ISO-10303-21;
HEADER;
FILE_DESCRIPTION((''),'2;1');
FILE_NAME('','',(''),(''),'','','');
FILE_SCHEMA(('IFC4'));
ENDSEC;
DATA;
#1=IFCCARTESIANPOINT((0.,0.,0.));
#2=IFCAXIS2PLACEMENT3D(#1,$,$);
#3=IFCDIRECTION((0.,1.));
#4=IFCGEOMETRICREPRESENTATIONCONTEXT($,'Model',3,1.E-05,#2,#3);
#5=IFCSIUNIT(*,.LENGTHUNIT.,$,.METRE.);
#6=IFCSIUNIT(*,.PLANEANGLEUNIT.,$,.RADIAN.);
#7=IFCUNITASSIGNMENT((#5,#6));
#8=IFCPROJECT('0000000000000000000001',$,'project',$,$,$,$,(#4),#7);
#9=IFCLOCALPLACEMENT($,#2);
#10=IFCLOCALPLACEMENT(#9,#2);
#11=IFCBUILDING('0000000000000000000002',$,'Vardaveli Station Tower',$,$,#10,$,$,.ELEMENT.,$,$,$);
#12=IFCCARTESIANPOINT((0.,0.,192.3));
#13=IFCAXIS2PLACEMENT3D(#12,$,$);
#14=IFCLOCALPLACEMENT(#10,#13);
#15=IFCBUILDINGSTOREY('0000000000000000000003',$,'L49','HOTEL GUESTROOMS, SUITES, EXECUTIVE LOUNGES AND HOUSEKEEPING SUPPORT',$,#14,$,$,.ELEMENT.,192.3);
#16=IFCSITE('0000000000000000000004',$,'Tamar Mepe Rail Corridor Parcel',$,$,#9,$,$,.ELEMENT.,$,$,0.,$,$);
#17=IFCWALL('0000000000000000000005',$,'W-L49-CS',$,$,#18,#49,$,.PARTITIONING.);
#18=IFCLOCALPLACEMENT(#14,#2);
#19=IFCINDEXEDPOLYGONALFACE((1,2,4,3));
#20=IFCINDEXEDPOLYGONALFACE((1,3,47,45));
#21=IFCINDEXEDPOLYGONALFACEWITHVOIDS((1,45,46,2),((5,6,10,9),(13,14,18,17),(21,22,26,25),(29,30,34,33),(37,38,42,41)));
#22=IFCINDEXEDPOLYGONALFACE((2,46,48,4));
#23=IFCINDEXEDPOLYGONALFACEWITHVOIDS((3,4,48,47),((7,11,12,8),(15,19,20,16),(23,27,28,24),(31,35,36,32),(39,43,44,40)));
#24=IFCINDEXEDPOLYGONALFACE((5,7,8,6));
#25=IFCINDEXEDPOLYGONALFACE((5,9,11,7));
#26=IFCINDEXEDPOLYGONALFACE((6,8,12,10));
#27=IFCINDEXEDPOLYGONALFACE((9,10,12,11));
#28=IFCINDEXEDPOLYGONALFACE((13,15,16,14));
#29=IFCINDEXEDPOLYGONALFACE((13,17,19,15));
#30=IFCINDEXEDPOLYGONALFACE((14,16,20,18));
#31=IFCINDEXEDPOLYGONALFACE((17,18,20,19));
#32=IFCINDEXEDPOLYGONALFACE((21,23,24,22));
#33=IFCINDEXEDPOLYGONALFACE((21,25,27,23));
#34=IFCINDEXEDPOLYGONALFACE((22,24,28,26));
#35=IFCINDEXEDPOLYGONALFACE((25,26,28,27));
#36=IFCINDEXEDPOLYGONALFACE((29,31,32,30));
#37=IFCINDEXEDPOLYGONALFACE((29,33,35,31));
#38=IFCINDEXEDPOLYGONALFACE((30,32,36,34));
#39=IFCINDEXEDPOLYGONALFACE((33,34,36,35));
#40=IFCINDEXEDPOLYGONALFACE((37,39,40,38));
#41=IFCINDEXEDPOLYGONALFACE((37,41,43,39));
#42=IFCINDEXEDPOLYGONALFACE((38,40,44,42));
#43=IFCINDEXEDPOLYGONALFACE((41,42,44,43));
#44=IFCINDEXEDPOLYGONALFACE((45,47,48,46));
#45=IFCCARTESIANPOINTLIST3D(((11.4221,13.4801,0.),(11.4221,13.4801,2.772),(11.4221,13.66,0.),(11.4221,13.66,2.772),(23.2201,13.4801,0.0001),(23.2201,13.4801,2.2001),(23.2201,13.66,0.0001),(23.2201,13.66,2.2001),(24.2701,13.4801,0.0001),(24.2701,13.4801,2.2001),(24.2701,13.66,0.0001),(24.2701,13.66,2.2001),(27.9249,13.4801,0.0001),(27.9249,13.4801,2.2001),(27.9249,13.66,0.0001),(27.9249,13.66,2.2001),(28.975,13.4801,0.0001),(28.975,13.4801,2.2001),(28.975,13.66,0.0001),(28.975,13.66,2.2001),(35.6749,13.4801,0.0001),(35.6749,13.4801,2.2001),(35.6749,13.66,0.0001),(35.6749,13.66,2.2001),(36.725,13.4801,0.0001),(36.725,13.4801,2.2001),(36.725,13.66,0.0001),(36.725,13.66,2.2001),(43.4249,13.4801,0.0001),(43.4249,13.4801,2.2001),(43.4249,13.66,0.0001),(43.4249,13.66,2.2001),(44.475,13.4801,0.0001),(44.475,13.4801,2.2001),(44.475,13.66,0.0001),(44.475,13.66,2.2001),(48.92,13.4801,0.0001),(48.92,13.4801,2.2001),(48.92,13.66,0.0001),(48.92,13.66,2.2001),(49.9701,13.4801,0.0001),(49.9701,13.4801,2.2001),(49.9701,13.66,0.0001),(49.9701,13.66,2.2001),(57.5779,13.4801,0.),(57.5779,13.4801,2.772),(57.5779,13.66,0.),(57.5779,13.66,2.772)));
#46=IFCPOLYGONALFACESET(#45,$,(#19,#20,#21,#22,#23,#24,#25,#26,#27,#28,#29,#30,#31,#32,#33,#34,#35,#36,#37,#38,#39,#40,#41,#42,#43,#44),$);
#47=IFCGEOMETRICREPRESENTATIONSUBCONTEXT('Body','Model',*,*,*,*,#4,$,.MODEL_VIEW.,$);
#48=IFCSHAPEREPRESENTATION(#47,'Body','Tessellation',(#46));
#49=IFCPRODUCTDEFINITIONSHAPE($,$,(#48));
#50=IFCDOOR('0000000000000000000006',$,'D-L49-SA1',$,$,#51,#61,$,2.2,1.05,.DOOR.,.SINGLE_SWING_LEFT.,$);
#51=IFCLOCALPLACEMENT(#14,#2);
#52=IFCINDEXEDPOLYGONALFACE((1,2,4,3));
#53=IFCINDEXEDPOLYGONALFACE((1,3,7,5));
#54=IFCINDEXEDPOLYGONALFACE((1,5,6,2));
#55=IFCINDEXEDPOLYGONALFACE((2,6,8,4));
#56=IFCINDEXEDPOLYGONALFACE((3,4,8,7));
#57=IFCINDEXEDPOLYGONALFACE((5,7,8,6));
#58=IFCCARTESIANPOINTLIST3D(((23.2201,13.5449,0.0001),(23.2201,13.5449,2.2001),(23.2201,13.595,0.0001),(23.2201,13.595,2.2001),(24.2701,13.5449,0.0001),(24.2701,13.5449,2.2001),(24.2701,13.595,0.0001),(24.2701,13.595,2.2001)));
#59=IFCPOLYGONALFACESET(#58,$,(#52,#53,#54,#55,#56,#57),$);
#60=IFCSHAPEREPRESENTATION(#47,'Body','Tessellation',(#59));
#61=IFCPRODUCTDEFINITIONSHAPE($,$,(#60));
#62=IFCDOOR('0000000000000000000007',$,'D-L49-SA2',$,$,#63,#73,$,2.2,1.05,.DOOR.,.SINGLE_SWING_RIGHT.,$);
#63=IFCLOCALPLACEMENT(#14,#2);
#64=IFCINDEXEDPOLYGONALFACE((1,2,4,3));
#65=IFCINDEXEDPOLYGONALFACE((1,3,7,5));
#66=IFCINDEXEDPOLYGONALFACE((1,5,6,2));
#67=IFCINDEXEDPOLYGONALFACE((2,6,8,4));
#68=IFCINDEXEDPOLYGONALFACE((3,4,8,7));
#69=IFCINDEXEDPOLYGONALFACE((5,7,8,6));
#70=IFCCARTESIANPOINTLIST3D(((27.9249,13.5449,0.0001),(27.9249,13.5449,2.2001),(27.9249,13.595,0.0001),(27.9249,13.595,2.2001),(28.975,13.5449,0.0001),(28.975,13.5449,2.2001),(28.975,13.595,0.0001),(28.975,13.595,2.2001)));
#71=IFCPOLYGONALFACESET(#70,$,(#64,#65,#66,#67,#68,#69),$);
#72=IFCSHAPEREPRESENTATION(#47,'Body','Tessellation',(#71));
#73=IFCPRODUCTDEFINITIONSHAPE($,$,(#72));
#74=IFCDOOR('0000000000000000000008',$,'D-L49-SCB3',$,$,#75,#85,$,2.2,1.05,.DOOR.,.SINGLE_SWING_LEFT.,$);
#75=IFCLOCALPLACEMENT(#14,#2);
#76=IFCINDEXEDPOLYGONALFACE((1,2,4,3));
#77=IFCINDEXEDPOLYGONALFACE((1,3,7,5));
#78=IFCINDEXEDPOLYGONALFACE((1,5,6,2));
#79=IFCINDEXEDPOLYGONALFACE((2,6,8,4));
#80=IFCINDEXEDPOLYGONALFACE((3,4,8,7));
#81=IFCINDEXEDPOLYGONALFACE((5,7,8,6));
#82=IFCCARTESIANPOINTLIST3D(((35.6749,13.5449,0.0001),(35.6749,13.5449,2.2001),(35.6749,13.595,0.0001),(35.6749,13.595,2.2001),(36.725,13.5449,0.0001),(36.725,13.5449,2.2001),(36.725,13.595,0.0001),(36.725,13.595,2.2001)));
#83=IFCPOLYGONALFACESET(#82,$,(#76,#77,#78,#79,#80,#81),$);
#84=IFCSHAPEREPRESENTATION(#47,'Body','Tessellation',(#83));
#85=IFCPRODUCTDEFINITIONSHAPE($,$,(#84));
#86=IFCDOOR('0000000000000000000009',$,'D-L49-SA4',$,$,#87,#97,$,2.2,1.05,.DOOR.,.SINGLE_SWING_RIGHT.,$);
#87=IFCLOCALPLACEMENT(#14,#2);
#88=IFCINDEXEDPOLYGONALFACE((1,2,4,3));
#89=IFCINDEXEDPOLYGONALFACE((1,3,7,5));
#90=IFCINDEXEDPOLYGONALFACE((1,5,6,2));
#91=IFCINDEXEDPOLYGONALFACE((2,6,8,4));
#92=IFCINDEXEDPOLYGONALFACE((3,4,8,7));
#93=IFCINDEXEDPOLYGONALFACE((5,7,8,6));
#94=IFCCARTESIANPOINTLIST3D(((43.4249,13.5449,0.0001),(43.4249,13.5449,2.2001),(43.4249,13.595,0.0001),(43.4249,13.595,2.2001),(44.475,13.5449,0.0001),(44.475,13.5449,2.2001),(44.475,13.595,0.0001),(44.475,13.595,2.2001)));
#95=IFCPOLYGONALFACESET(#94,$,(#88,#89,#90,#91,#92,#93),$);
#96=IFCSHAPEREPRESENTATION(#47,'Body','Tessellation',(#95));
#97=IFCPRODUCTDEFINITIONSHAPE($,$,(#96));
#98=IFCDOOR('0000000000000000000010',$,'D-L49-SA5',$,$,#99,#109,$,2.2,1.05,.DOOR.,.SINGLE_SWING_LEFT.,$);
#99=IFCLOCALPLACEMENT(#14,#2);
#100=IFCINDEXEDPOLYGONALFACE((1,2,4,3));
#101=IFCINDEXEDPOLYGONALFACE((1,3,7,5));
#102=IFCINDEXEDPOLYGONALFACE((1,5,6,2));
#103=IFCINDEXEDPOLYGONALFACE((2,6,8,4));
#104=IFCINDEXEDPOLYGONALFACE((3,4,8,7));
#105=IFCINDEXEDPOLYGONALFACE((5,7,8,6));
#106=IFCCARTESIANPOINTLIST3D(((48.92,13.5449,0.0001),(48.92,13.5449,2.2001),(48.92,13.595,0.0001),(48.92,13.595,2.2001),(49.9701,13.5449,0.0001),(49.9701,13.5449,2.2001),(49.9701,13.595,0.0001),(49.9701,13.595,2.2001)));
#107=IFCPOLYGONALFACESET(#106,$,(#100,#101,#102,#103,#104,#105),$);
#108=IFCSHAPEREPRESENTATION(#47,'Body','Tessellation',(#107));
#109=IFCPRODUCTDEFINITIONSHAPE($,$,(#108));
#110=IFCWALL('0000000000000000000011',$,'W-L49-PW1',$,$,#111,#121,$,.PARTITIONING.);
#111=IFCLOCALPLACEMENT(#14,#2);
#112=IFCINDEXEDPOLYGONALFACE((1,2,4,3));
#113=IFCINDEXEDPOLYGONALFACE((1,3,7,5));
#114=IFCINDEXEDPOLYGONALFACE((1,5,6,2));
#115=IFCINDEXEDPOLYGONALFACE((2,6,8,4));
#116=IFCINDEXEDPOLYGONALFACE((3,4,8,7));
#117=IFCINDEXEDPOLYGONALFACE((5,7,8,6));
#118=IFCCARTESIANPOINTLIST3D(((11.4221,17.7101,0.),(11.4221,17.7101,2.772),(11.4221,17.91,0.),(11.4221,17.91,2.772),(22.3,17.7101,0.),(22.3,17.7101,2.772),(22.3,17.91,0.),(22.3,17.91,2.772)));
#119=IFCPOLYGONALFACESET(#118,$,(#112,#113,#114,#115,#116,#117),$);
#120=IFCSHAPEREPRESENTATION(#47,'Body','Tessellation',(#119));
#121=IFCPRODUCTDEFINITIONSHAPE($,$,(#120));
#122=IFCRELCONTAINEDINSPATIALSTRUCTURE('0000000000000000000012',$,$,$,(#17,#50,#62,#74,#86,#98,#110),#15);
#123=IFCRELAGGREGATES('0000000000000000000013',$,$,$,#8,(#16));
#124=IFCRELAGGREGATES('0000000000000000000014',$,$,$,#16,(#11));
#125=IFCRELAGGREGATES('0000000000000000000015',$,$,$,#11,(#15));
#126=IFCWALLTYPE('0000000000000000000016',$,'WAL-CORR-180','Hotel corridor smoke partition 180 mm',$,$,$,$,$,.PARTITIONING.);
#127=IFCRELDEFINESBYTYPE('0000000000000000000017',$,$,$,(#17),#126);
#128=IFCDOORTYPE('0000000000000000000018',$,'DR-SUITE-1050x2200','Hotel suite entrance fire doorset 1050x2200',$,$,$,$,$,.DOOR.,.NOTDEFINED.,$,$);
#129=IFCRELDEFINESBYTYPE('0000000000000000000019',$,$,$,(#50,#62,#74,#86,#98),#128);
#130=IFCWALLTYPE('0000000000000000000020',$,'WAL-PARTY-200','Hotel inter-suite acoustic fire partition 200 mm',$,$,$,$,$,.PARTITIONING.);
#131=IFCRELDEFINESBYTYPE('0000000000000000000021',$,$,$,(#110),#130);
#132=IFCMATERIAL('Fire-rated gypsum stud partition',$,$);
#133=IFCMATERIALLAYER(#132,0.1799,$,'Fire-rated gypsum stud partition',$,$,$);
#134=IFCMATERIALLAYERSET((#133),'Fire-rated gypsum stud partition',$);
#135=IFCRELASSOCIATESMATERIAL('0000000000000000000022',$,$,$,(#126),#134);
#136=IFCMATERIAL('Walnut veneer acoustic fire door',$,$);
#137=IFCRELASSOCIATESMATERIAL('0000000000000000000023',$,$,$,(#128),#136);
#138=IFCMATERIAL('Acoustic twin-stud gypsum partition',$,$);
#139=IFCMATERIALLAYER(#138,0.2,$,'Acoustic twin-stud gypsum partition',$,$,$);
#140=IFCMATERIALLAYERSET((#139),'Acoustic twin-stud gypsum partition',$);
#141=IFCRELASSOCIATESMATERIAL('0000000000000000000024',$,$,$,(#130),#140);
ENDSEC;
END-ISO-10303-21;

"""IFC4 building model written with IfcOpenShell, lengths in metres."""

from ifc_helpers import new_model, si_unit, direction, frame, frame_2d, origin, place, context, subcontext, project, spatial, rectangle, extrude, source, transform, mapped, material, layer, layer_set, type_object, element, fill, save


model = new_model("IFC4")

# Units and contexts
model_context = context("Model", 3, precision=1e-05, world=origin(), true_north=direction((0.0, 1.0)))
body_context = subcontext(model_context, "Body", "Model", "MODEL_VIEW")
ifc_project = project(units=[si_unit("LENGTHUNIT", "METRE"), si_unit("PLANEANGLEUNIT", "RADIAN")], contexts=[model_context])

# Site, building, storey
site_placement = place(None, origin())
site = spatial("IfcSite", under=ifc_project, at=site_placement, Name="Tamar Mepe Rail Corridor Parcel", CompositionType="ELEMENT", RefElevation=0.0)
building_placement = place(site_placement, origin())
building = spatial("IfcBuilding", under=site, at=building_placement, Name="Vardaveli Station Tower", CompositionType="ELEMENT")
storey_placement = place(building_placement, frame((0.0, 0.0, 192.3)))
storey = spatial("IfcBuildingStorey", under=building, at=storey_placement, Name="L49", Description="HOTEL GUESTROOMS, SUITES, EXECUTIVE LOUNGES AND HOUSEKEEPING SUPPORT", CompositionType="ELEMENT", Elevation=192.3)

# Wall, openings, doors
ifc_material_1 = material(Name="Fire-rated gypsum stud partition")
ifc_layer_1 = layer(ifc_material_1, 0.1799, Name="Fire-rated gypsum stud partition")
ifc_layer_set_1 = layer_set([ifc_layer_1], Name="Fire-rated gypsum stud partition")
wall_type_1 = type_object("IfcWallType", Name="WAL-CORR-180", Description="Hotel corridor smoke partition 180 mm", PredefinedType="PARTITIONING", material=ifc_layer_set_1)
shared_shape_1 = source(origin(), body_context, "Body", "SweptSolid", [
    extrude(rectangle(XDim=46.1558, YDim=0.1799, at=frame_2d((23.0779, 0.0))), origin(), (0.0, 0.0, 1.0), 2.772),
])
wall_1_placement = place(storey_placement, frame((11.4221, 13.5701, 0.0), z_axis=(0.0, 0.0, 1.0), x_axis=(1.0, 0.0, 0.0)))
wall_1 = element("IfcWall", 1, at=wall_1_placement, inside=storey, type_object=wall_type_1, Name="W-L49-CS", PredefinedType="PARTITIONING", context=body_context, shape_type="MappedRepresentation", body=[
    mapped(shared_shape_1, transform((0.0, 0.0, 0.0), scale=1.0)),
])
shared_shape_2 = source(origin(), body_context, "Body", "SweptSolid", [
    extrude(rectangle(XDim=1.05, YDim=2.2, at=frame_2d((0.5249, 1.1001))), frame((0.0, 0.1001, 0.0), z_axis=(0.0, -1.0, 0.0), x_axis=(1.0, 0.0, 0.0)), (0.0, 0.0, 1.0), 0.2),
])
opening_1_placement = place(wall_1_placement, frame((11.7981, 0.0, 0.0)))
opening_1 = element("IfcOpeningElement", 2, at=opening_1_placement, cuts=wall_1, PredefinedType="OPENING", context=body_context, shape_type="MappedRepresentation", body=[
    mapped(shared_shape_2, transform((0.0, 0.0, 0.0), scale=1.0)),
])
opening_2_placement = place(wall_1_placement, frame((16.5029, 0.0, 0.0)))
opening_2 = element("IfcOpeningElement", 3, at=opening_2_placement, cuts=wall_1, PredefinedType="OPENING", context=body_context, shape_type="MappedRepresentation", body=[
    mapped(shared_shape_2, transform((0.0, 0.0, 0.0), scale=1.0)),
])
opening_3_placement = place(wall_1_placement, frame((24.2529, 0.0, 0.0)))
opening_3 = element("IfcOpeningElement", 4, at=opening_3_placement, cuts=wall_1, PredefinedType="OPENING", context=body_context, shape_type="MappedRepresentation", body=[
    mapped(shared_shape_2, transform((0.0, 0.0, 0.0), scale=1.0)),
])
opening_4_placement = place(wall_1_placement, frame((32.0029, 0.0, 0.0)))
opening_4 = element("IfcOpeningElement", 5, at=opening_4_placement, cuts=wall_1, PredefinedType="OPENING", context=body_context, shape_type="MappedRepresentation", body=[
    mapped(shared_shape_2, transform((0.0, 0.0, 0.0), scale=1.0)),
])
opening_5_placement = place(wall_1_placement, frame((37.498, 0.0, 0.0)))
opening_5 = element("IfcOpeningElement", 6, at=opening_5_placement, cuts=wall_1, PredefinedType="OPENING", context=body_context, shape_type="MappedRepresentation", body=[
    mapped(shared_shape_2, transform((0.0, 0.0, 0.0), scale=1.0)),
])
ifc_material_2 = material(Name="Walnut veneer acoustic fire door")
door_type_1 = type_object("IfcDoorType", Name="DR-SUITE-1050x2200", Description="Hotel suite entrance fire doorset 1050x2200", OperationType="NOTDEFINED", PredefinedType="DOOR", material=ifc_material_2)
shared_shape_3 = source(origin(), body_context, "Body", "SweptSolid", [
    extrude(rectangle(XDim=1.05, YDim=2.2, at=frame_2d((0.5249, 1.1001))), frame((0.0, 0.0249, 0.0), z_axis=(0.0, -1.0, 0.0), x_axis=(1.0, 0.0, 0.0)), (0.0, 0.0, 1.0), 0.05),
])
door_1_placement = place(opening_1_placement, origin())
door_1 = element("IfcDoor", 7, at=door_1_placement, inside=storey, type_object=door_type_1, Name="D-L49-SA1", OperationType="SINGLE_SWING_LEFT", OverallHeight=2.2, OverallWidth=1.05, PredefinedType="DOOR", context=body_context, shape_type="MappedRepresentation", body=[
    mapped(shared_shape_3, transform((0.0, 0.0, 0.0), scale=1.0)),
])
fill(opening_1, door_1)
door_2_placement = place(opening_2_placement, origin())
door_2 = element("IfcDoor", 8, at=door_2_placement, inside=storey, type_object=door_type_1, Name="D-L49-SA2", OperationType="SINGLE_SWING_RIGHT", OverallHeight=2.2, OverallWidth=1.05, PredefinedType="DOOR", context=body_context, shape_type="MappedRepresentation", body=[
    mapped(shared_shape_3, transform((0.0, 0.0, 0.0), scale=1.0)),
])
fill(opening_2, door_2)
door_3_placement = place(opening_3_placement, origin())
door_3 = element("IfcDoor", 9, at=door_3_placement, inside=storey, type_object=door_type_1, Name="D-L49-SCB3", OperationType="SINGLE_SWING_LEFT", OverallHeight=2.2, OverallWidth=1.05, PredefinedType="DOOR", context=body_context, shape_type="MappedRepresentation", body=[
    mapped(shared_shape_3, transform((0.0, 0.0, 0.0), scale=1.0)),
])
fill(opening_3, door_3)
door_4_placement = place(opening_4_placement, origin())
door_4 = element("IfcDoor", 10, at=door_4_placement, inside=storey, type_object=door_type_1, Name="D-L49-SA4", OperationType="SINGLE_SWING_RIGHT", OverallHeight=2.2, OverallWidth=1.05, PredefinedType="DOOR", context=body_context, shape_type="MappedRepresentation", body=[
    mapped(shared_shape_3, transform((0.0, 0.0, 0.0), scale=1.0)),
])
fill(opening_4, door_4)
door_5_placement = place(opening_5_placement, origin())
door_5 = element("IfcDoor", 11, at=door_5_placement, inside=storey, type_object=door_type_1, Name="D-L49-SA5", OperationType="SINGLE_SWING_LEFT", OverallHeight=2.2, OverallWidth=1.05, PredefinedType="DOOR", context=body_context, shape_type="MappedRepresentation", body=[
    mapped(shared_shape_3, transform((0.0, 0.0, 0.0), scale=1.0)),
])
fill(opening_5, door_5)

# Wall
ifc_material_3 = material(Name="Acoustic twin-stud gypsum partition")
ifc_layer_2 = layer(ifc_material_3, 0.2, Name="Acoustic twin-stud gypsum partition")
ifc_layer_set_2 = layer_set([ifc_layer_2], Name="Acoustic twin-stud gypsum partition")
wall_type_2 = type_object("IfcWallType", Name="WAL-PARTY-200", Description="Hotel inter-suite acoustic fire partition 200 mm", PredefinedType="PARTITIONING", material=ifc_layer_set_2)
shared_shape_4 = source(origin(), body_context, "Body", "SweptSolid", [
    extrude(rectangle(XDim=10.8779, YDim=0.2, at=frame_2d((5.439, 0.0))), origin(), (0.0, 0.0, 1.0), 2.772),
])
wall_2_placement = place(storey_placement, frame((11.4221, 17.8101, 0.0), z_axis=(0.0, 0.0, 1.0), x_axis=(1.0, 0.0, 0.0)))
element("IfcWall", 12, at=wall_2_placement, inside=storey, type_object=wall_type_2, Name="W-L49-PW1", PredefinedType="PARTITIONING", context=body_context, shape_type="MappedRepresentation", body=[
    mapped(shared_shape_4, transform((0.0, 0.0, 0.0), scale=1.0)),
])

save(model, "model.ifc")
